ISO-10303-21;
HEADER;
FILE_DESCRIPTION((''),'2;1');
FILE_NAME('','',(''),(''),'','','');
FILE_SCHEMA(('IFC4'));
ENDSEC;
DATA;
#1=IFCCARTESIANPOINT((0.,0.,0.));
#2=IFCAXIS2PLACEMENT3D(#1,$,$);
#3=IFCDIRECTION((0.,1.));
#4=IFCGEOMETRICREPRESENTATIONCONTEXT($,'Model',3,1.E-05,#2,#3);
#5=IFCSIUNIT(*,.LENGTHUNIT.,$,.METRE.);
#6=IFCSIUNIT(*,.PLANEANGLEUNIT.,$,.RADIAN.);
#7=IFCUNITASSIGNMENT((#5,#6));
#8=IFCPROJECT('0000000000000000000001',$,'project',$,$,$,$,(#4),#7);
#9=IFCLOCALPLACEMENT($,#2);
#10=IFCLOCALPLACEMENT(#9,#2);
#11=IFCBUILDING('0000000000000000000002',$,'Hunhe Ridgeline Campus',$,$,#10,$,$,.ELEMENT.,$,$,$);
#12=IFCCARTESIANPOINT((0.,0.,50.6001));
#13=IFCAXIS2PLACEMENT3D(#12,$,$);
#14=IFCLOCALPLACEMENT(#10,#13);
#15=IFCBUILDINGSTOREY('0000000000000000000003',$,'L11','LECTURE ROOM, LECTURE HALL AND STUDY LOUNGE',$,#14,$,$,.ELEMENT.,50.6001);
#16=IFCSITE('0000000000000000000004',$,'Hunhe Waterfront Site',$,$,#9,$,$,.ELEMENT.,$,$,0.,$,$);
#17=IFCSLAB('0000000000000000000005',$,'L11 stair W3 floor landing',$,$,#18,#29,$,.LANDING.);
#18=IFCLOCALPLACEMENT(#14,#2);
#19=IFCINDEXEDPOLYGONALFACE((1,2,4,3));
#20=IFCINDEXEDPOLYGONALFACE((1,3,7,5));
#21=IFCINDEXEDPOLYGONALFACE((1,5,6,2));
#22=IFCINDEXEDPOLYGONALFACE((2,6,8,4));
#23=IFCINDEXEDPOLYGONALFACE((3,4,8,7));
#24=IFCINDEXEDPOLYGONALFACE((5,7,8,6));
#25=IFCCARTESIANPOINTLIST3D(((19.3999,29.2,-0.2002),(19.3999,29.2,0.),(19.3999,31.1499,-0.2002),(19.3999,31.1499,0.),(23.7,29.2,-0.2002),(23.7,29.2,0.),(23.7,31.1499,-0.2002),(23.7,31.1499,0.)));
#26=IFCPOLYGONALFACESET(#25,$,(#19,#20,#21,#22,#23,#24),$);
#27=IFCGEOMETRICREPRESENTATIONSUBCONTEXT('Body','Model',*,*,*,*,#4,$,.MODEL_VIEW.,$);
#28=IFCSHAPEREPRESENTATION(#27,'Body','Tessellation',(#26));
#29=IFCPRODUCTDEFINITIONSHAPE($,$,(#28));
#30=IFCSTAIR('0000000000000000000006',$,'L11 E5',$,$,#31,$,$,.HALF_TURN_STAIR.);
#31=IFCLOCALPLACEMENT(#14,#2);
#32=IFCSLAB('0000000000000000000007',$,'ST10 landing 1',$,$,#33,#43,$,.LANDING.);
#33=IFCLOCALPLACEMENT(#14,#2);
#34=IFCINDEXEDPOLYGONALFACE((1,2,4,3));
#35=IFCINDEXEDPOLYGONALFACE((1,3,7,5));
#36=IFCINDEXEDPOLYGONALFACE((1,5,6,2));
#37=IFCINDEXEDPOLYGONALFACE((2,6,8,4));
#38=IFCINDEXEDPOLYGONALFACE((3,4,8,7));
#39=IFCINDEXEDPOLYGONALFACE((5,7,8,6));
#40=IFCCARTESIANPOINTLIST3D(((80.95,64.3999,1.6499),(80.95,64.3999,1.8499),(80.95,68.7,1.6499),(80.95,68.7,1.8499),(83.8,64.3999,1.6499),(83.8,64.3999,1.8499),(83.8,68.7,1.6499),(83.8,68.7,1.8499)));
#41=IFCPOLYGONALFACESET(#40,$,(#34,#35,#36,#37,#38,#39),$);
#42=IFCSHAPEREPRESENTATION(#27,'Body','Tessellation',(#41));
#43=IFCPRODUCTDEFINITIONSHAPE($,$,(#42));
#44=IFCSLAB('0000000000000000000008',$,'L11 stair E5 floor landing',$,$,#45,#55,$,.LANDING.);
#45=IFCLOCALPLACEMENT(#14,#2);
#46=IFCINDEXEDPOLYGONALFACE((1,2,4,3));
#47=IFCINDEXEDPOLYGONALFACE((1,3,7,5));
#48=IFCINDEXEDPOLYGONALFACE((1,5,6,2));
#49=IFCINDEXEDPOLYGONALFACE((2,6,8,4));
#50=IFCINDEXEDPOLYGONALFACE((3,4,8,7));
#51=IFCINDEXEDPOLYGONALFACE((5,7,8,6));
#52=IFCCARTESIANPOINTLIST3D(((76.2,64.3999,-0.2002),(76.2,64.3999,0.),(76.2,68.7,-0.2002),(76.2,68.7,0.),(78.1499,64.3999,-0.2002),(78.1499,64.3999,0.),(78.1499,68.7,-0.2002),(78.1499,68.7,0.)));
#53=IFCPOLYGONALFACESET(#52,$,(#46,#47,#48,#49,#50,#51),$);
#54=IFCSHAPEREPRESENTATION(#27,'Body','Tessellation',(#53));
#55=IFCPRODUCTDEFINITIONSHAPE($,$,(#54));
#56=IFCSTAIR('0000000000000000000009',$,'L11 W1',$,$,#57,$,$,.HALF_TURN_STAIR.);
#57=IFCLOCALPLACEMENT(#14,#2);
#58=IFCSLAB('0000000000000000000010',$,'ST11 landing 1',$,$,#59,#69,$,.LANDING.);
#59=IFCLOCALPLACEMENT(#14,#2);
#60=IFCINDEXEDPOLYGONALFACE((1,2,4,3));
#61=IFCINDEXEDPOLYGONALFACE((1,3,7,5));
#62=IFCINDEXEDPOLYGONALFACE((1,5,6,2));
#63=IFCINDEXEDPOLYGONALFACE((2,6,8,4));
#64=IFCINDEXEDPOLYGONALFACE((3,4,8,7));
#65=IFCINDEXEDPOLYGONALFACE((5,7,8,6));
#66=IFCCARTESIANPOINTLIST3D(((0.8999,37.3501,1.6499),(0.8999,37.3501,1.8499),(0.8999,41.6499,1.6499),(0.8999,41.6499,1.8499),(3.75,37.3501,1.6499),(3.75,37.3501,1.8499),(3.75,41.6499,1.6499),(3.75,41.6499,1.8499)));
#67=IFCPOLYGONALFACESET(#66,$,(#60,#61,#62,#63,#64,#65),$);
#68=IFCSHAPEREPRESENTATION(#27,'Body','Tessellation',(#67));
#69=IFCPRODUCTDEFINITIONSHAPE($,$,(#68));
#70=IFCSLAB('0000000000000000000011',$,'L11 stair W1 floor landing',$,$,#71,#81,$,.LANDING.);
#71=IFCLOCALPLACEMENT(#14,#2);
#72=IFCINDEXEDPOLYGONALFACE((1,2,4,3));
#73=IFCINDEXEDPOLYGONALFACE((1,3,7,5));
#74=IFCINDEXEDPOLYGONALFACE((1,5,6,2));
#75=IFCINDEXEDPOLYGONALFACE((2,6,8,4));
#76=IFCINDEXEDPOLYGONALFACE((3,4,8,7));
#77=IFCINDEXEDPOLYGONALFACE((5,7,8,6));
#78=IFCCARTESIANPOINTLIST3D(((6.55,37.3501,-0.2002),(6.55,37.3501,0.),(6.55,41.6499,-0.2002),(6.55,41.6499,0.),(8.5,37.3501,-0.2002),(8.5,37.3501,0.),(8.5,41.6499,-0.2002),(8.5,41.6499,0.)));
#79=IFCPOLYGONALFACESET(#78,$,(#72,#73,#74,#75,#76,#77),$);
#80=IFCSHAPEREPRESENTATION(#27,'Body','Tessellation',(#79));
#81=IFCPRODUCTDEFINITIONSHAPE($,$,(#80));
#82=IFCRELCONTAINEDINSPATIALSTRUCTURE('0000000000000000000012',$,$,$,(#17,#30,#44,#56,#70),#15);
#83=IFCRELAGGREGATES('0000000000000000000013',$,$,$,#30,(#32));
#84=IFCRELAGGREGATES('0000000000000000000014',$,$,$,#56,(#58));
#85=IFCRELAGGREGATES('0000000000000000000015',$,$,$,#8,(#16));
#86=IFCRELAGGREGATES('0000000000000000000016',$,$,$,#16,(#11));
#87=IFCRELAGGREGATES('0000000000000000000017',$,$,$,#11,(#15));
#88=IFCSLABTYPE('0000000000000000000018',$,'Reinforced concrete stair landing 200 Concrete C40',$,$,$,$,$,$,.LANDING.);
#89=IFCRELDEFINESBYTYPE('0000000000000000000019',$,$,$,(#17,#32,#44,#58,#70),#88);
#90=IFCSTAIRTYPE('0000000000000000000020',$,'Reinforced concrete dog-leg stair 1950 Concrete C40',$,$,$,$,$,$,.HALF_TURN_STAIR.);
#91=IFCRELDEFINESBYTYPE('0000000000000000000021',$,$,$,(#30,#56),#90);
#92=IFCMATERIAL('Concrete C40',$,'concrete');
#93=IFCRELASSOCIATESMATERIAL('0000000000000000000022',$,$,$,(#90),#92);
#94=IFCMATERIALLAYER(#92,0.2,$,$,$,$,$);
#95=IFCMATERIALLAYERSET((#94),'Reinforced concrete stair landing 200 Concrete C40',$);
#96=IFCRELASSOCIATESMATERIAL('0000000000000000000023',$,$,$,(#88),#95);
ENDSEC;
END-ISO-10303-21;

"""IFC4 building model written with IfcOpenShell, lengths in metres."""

from ifc_helpers import new_model, si_unit, direction, frame, origin, place, context, subcontext, project, spatial, polyline, outline, extrude, material, layer, layer_set, type_object, element, aggregate, save


model = new_model("IFC4")

# Units and contexts
model_context = context("Model", 3, precision=1e-05, world=origin(), true_north=direction((0.0, 1.0)))
body_context = subcontext(model_context, "Body", "Model", "MODEL_VIEW")
ifc_project = project(units=[si_unit("LENGTHUNIT", "METRE"), si_unit("PLANEANGLEUNIT", "RADIAN")], contexts=[model_context])

# Site, building, storey
site_placement = place(None, origin())
site = spatial("IfcSite", under=ifc_project, at=site_placement, Name="Hunhe Waterfront Site", CompositionType="ELEMENT", RefElevation=0.0)
building_placement = place(site_placement, origin())
building = spatial("IfcBuilding", under=site, at=building_placement, Name="Hunhe Ridgeline Campus", CompositionType="ELEMENT")
storey_placement = place(building_placement, frame((0.0, 0.0, 50.6001)))
storey = spatial("IfcBuildingStorey", under=building, at=storey_placement, Name="L11", Description="LECTURE ROOM, LECTURE HALL AND STUDY LOUNGE", CompositionType="ELEMENT", Elevation=50.6001)

# Shared definitions
ifc_material_1 = material(Name="Concrete C40", Category="concrete")

# Shared definitions
stair_type = type_object("IfcStairType", Name="Reinforced concrete dog-leg stair 1950 Concrete C40", PredefinedType="HALF_TURN_STAIR", material=ifc_material_1)
ifc_layer_1 = layer(ifc_material_1, 0.2)
ifc_layer_set_1 = layer_set([ifc_layer_1], Name="Reinforced concrete stair landing 200 Concrete C40")
slab_type_1 = type_object("IfcSlabType", Name="Reinforced concrete stair landing 200 Concrete C40", PredefinedType="LANDING", material=ifc_layer_set_1)

# Slab
slab_1_placement = place(storey_placement, frame((0.0, 0.0, -0.2002)))
element("IfcSlab", 1, at=slab_1_placement, inside=storey, type_object=slab_type_1, Name="L11 stair W3 floor landing", PredefinedType="LANDING", context=body_context, shape_type="SweptSolid", body=[
    extrude(outline(polyline([(23.7, 29.2), (23.7, 31.1499), (19.3999, 31.1499), (19.3999, 29.2), (23.7, 29.2)])), origin(), (0.0, 0.0, 1.0), 0.2002),
])

# Stair, slab
stair_1_placement = place(storey_placement, origin())
stair_1 = element("IfcStair", 2, at=stair_1_placement, inside=storey, type_object=stair_type, Name="L11 E5", PredefinedType="HALF_TURN_STAIR")
slab_2_placement = place(storey_placement, frame((0.0, 0.0, 1.6499)))
slab_2 = element("IfcSlab", 3, at=slab_2_placement, type_object=slab_type_1, Name="ST10 landing 1", PredefinedType="LANDING", context=body_context, shape_type="SweptSolid", body=[
    extrude(outline(polyline([(80.95, 64.3999), (83.8, 64.3999), (83.8, 68.7), (80.95, 68.7), (80.95, 64.3999)])), origin(), (0.0, 0.0, 1.0), 0.2),
])
aggregate(stair_1, [slab_2])

# Slab
slab_3_placement = place(storey_placement, frame((0.0, 0.0, -0.2002)))
element("IfcSlab", 4, at=slab_3_placement, inside=storey, type_object=slab_type_1, Name="L11 stair E5 floor landing", PredefinedType="LANDING", context=body_context, shape_type="SweptSolid", body=[
    extrude(outline(polyline([(76.2, 64.3999), (78.1499, 64.3999), (78.1499, 68.7), (76.2, 68.7), (76.2, 64.3999)])), origin(), (0.0, 0.0, 1.0), 0.2002),
])

# Stair, slab
stair_2_placement = place(storey_placement, origin())
stair_2 = element("IfcStair", 5, at=stair_2_placement, inside=storey, type_object=stair_type, Name="L11 W1", PredefinedType="HALF_TURN_STAIR")
slab_4_placement = place(storey_placement, frame((0.0, 0.0, 1.6499)))
slab_4 = element("IfcSlab", 6, at=slab_4_placement, type_object=slab_type_1, Name="ST11 landing 1", PredefinedType="LANDING", context=body_context, shape_type="SweptSolid", body=[
    extrude(outline(polyline([(3.75, 41.6499), (0.8999, 41.6499), (0.8999, 37.3501), (3.75, 37.3501), (3.75, 41.6499)])), origin(), (0.0, 0.0, 1.0), 0.2),
])
aggregate(stair_2, [slab_4])

# Slab
slab_5_placement = place(storey_placement, frame((0.0, 0.0, -0.2002)))
element("IfcSlab", 7, at=slab_5_placement, inside=storey, type_object=slab_type_1, Name="L11 stair W1 floor landing", PredefinedType="LANDING", context=body_context, shape_type="SweptSolid", body=[
    extrude(outline(polyline([(8.5, 41.6499), (6.55, 41.6499), (6.55, 37.3501), (8.5, 37.3501), (8.5, 41.6499)])), origin(), (0.0, 0.0, 1.0), 0.2002),
])

save(model, "model.ifc")
